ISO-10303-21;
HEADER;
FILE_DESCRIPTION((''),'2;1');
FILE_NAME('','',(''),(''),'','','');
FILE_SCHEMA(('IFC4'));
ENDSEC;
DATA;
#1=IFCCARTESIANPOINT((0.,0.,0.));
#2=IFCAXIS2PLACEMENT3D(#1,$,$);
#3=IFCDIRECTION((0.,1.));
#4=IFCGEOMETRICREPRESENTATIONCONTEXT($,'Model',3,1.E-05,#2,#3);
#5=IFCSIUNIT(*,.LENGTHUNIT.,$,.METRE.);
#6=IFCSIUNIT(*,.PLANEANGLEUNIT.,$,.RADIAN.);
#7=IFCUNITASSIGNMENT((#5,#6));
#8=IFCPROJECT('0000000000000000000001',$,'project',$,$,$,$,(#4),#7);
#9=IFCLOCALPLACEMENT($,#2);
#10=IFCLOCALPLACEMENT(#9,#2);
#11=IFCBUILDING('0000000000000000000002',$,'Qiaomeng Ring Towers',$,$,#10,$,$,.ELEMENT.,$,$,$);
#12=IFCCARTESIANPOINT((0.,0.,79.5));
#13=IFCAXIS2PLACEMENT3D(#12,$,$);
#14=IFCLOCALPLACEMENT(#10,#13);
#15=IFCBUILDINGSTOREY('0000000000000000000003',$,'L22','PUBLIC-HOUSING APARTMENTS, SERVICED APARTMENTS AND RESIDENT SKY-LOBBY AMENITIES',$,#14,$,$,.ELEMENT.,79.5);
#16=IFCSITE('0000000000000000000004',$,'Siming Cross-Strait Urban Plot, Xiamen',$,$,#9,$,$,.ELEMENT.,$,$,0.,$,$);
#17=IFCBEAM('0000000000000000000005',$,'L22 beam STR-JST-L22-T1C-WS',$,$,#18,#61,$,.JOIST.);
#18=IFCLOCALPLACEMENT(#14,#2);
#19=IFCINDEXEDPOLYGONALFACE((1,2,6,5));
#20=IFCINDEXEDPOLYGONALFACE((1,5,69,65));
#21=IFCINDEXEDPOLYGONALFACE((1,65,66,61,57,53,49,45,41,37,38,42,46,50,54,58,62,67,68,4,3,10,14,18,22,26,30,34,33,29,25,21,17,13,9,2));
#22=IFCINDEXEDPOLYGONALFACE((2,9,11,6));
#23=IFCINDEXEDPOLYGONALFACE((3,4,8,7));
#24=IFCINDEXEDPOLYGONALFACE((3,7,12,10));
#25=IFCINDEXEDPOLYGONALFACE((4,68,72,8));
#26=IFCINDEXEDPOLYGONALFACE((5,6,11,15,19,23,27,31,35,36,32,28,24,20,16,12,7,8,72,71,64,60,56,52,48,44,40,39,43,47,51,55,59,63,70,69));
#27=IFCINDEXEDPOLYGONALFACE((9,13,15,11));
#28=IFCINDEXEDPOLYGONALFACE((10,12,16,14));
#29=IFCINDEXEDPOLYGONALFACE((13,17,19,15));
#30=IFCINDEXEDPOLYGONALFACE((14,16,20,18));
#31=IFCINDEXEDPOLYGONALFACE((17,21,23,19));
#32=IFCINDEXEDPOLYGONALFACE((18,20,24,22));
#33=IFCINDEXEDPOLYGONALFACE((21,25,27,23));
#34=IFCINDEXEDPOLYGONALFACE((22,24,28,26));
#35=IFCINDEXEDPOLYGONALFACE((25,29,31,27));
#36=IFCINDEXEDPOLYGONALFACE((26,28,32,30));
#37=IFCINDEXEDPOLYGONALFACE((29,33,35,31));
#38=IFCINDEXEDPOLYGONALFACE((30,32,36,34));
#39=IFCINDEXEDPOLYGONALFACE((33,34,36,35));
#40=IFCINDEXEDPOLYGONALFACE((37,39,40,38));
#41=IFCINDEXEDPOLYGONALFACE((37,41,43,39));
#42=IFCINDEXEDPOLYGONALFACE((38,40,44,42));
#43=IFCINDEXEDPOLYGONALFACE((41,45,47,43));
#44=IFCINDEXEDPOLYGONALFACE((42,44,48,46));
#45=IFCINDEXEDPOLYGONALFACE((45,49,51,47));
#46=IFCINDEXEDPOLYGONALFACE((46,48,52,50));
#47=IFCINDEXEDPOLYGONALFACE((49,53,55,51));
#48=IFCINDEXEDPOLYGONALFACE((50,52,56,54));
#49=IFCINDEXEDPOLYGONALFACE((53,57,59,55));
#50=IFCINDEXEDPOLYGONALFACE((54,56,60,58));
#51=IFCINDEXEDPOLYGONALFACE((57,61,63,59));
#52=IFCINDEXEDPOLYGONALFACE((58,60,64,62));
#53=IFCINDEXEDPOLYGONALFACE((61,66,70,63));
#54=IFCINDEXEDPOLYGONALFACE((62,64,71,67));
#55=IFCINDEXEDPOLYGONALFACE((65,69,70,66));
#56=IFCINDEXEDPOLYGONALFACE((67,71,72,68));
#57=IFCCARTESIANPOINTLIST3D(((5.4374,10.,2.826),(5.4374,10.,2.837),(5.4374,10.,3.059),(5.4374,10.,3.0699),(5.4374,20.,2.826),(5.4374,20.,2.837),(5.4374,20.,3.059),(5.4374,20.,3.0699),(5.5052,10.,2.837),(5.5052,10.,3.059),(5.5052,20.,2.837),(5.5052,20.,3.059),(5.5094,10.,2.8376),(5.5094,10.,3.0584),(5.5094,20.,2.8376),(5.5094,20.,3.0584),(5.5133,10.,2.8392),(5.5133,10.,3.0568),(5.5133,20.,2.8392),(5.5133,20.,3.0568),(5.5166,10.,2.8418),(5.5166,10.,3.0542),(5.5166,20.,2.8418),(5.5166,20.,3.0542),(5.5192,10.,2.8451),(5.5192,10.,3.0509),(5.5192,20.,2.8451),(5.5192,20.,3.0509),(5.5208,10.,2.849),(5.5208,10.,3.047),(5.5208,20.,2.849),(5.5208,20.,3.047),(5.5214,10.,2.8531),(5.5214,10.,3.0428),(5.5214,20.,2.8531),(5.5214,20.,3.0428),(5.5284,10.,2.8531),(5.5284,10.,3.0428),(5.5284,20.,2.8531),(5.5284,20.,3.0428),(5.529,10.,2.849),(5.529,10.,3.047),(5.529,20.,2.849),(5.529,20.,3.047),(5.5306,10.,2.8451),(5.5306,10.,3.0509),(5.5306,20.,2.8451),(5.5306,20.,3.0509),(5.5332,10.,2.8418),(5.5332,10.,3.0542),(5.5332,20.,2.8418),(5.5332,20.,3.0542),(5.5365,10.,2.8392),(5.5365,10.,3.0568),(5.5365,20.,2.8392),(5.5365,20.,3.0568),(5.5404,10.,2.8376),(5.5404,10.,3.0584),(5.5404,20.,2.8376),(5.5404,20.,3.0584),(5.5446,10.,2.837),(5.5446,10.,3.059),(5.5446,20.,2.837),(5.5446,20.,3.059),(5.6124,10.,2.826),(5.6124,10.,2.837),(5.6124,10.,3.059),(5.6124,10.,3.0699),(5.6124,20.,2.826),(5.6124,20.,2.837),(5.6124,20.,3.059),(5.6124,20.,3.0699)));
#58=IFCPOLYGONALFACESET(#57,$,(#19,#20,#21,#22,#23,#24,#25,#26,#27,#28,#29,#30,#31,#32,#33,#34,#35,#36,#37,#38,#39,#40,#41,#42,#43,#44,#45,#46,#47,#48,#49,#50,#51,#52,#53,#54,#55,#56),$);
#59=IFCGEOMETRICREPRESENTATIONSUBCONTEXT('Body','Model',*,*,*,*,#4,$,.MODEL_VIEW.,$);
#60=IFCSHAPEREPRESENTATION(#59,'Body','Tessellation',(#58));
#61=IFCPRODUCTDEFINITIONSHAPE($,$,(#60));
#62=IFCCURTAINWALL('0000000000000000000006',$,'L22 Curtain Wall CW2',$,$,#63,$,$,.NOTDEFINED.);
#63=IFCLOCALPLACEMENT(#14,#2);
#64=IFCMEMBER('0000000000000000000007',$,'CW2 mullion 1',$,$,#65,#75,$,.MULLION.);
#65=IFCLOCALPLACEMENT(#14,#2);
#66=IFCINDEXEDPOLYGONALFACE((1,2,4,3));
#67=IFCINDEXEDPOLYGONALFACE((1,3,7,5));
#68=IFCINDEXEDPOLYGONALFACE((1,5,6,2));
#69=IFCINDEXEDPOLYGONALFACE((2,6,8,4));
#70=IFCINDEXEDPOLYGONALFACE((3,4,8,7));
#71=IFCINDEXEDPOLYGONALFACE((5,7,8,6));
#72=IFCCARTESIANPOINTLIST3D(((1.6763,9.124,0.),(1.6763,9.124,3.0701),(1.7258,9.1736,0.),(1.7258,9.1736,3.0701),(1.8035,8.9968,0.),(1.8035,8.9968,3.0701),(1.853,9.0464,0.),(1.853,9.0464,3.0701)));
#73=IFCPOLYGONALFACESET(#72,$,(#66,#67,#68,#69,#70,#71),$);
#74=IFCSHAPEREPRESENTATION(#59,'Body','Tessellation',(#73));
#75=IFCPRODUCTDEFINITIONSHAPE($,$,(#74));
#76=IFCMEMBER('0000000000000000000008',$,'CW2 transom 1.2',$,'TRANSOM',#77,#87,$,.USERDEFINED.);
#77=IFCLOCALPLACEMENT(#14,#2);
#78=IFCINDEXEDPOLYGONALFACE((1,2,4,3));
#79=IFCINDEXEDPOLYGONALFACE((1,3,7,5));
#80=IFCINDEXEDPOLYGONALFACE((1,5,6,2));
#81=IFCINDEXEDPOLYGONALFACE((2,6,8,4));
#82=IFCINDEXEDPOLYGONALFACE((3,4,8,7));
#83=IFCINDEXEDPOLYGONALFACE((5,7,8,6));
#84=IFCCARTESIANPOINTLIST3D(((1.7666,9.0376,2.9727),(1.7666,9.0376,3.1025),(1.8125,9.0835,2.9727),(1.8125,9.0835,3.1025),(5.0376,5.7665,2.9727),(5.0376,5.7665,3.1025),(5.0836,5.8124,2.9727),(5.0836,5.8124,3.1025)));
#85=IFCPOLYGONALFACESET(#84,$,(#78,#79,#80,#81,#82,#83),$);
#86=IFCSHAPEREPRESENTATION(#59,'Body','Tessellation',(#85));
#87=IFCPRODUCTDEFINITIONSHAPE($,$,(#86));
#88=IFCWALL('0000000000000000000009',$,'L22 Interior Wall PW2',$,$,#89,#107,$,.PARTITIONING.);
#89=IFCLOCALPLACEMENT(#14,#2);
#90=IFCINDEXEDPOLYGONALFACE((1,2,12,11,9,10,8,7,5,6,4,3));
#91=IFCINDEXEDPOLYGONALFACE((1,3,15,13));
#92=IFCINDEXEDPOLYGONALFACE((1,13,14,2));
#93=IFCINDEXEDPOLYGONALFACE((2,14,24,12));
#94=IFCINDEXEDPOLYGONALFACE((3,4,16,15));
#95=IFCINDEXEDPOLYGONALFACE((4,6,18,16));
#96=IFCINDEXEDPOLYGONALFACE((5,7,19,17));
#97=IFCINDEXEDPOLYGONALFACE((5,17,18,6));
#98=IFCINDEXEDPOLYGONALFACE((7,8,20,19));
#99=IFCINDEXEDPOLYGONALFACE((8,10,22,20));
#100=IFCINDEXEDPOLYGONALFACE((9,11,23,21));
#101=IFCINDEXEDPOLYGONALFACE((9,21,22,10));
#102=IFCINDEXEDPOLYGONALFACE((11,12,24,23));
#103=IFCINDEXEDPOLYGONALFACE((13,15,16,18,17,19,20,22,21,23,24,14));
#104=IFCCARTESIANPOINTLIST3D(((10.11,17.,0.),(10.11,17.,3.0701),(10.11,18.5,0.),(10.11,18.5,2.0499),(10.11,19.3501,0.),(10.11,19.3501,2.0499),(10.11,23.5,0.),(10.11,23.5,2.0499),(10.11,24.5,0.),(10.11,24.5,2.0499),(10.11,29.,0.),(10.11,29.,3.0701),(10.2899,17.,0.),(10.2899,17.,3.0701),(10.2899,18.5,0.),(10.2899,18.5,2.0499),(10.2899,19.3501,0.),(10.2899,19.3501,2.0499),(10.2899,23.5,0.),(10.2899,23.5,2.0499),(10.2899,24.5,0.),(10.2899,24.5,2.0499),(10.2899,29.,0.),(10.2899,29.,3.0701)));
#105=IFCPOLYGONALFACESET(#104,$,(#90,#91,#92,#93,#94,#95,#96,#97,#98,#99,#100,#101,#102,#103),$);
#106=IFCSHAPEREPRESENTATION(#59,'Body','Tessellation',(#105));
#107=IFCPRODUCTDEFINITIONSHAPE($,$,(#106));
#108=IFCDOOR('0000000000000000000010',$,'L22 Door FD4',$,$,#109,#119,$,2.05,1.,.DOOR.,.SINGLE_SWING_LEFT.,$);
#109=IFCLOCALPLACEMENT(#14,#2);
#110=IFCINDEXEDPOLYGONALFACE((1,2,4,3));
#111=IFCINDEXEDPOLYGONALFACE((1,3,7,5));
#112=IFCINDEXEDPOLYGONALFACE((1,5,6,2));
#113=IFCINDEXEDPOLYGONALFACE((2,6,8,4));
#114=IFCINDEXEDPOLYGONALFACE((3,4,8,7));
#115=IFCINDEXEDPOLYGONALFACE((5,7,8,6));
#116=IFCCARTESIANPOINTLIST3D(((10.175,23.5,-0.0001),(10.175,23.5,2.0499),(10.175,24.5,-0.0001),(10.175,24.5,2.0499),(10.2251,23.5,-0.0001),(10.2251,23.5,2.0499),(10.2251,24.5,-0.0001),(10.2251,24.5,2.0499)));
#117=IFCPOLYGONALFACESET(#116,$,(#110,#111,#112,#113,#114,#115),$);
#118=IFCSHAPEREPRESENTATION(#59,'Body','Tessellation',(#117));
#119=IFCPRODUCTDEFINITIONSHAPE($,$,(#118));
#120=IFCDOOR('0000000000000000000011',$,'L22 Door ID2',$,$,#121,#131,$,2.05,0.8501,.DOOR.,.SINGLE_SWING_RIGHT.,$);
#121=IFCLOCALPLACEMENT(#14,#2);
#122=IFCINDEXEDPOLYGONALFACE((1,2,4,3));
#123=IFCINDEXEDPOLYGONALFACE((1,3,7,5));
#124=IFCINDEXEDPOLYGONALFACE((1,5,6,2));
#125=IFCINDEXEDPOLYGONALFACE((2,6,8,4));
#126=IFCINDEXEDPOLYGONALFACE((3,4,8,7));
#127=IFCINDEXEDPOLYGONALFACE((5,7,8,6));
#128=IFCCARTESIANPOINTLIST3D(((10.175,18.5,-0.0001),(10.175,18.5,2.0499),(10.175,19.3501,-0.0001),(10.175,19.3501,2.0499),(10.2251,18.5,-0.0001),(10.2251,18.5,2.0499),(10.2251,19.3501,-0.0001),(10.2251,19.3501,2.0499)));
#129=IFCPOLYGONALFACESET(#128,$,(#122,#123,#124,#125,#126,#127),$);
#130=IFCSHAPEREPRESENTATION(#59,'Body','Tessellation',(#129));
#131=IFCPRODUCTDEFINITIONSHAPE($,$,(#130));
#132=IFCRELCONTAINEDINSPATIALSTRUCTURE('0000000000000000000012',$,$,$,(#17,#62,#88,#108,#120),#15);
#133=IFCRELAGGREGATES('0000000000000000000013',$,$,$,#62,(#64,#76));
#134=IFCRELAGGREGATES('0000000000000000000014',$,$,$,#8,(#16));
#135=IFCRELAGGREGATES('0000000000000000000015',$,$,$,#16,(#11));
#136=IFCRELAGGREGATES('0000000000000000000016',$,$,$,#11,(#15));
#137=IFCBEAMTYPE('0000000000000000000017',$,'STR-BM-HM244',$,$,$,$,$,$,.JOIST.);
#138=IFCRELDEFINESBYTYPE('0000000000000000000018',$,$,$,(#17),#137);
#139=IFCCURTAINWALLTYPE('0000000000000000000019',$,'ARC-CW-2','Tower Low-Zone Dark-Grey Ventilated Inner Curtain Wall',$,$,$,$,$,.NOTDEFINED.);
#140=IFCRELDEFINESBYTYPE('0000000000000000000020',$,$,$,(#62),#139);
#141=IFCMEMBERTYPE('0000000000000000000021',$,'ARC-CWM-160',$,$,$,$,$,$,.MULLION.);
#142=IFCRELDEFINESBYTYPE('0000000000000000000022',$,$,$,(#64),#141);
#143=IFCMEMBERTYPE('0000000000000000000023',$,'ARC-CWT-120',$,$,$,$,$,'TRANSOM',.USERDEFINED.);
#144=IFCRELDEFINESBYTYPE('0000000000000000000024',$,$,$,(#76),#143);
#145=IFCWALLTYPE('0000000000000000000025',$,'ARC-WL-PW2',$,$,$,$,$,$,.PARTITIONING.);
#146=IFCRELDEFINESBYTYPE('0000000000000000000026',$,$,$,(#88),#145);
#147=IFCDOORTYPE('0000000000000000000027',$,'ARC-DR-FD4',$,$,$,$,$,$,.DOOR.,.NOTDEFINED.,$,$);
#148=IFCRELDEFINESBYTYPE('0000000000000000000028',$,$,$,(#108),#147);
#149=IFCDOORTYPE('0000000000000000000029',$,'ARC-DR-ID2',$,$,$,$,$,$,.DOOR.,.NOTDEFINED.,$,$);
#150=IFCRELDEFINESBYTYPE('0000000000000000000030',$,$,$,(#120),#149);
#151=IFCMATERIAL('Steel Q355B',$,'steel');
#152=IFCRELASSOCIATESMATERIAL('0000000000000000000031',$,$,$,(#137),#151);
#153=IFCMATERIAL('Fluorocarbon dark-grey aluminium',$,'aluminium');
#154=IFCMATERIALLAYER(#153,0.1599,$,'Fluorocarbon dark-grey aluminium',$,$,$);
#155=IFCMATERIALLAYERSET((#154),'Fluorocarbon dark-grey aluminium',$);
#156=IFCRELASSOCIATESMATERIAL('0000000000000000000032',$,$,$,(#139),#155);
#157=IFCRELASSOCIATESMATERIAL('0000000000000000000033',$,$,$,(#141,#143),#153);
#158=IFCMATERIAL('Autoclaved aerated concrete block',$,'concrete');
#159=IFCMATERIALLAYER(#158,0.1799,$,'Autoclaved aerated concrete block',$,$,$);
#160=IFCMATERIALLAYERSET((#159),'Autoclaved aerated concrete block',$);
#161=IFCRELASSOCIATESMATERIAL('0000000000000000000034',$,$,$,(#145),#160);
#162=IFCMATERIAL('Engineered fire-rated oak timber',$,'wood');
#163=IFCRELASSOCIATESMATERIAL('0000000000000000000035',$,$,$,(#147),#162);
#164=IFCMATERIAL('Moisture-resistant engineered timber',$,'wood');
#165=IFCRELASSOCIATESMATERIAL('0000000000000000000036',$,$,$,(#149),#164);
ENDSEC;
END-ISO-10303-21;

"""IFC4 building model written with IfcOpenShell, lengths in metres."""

from ifc_helpers import new_model, si_unit, direction, frame, frame_2d, origin, origin_2d, place, context, subcontext, project, spatial, rectangle, i_section, extrude, source, transform, mapped, material, layer, layer_set, material_profile, profile_set, type_object, element, fill, aggregate, save


model = new_model("IFC4")

# Units and contexts
model_context = context("Model", 3, precision=1e-05, world=origin(), true_north=direction((0.0, 1.0)))
body_context = subcontext(model_context, "Body", "Model", "MODEL_VIEW")
ifc_project = project(units=[si_unit("LENGTHUNIT", "METRE"), si_unit("PLANEANGLEUNIT", "RADIAN")], contexts=[model_context])

# Site, building, storey
site_placement = place(None, origin())
site = spatial("IfcSite", under=ifc_project, at=site_placement, Name="Siming Cross-Strait Urban Plot, Xiamen", CompositionType="ELEMENT", RefElevation=0.0)
building_placement = place(site_placement, origin())
building = spatial("IfcBuilding", under=site, at=building_placement, Name="Qiaomeng Ring Towers", CompositionType="ELEMENT")
storey_placement = place(building_placement, frame((0.0, 0.0, 79.5)))
storey = spatial("IfcBuildingStorey", under=building, at=storey_placement, Name="L22", Description="PUBLIC-HOUSING APARTMENTS, SERVICED APARTMENTS AND RESIDENT SKY-LOBBY AMENITIES", CompositionType="ELEMENT", Elevation=79.5)

# Beam
ifc_material_1 = material(Name="Steel Q355B", Category="steel")
ifc_material_profile_1 = material_profile(ifc_material_1, i_section(OverallWidth=0.175, OverallDepth=0.2439, WebThickness=0.0071, FlangeThickness=0.011, FilletRadius=0.0161, at=origin_2d()), Name="HM 244x175x7x11")
ifc_profile_set_1 = profile_set([ifc_material_profile_1], Name="Steel Q355B")
beam_type = type_object("IfcBeamType", Name="STR-BM-HM244", PredefinedType="JOIST", material=ifc_profile_set_1)
shared_shape_1 = source(origin(), body_context, "Body", "SweptSolid", [
    extrude(i_section(OverallWidth=0.175, OverallDepth=0.2439, WebThickness=0.0071, FlangeThickness=0.011, FilletRadius=0.0161, at=origin_2d()), origin(), (0.0, 0.0, 1.0), 10.0),
])
beam_placement = place(storey_placement, frame((5.5249, 10.0, 2.948), z_axis=(0.0, 1.0, 0.0), x_axis=(-1.0, 0.0, 0.0)))
element("IfcBeam", 1, at=beam_placement, inside=storey, type_object=beam_type, Name="L22 beam STR-JST-L22-T1C-WS", PredefinedType="JOIST", context=body_context, shape_type="MappedRepresentation", body=[
    mapped(shared_shape_1, transform((0.0, 0.0, 0.0), x_axis=(1.0, 0.0, 0.0), y_axis=(0.0, 1.0, 0.0), z_axis=(0.0, 0.0, 1.0), scale=1.0)),
])

# Curtain wall, members
ifc_material_2 = material(Name="Fluorocarbon dark-grey aluminium", Category="aluminium")
ifc_layer_1 = layer(ifc_material_2, 0.1599, Name="Fluorocarbon dark-grey aluminium")
ifc_layer_set_1 = layer_set([ifc_layer_1], Name="Fluorocarbon dark-grey aluminium")
curtain_wall_type = type_object("IfcCurtainWallType", Name="ARC-CW-2", Description="Tower Low-Zone Dark-Grey Ventilated Inner Curtain Wall", PredefinedType="NOTDEFINED", material=ifc_layer_set_1)
curtain_wall_placement = place(storey_placement, origin())
curtain_wall = element("IfcCurtainWall", 2, at=curtain_wall_placement, inside=storey, type_object=curtain_wall_type, Name="L22 Curtain Wall CW2", PredefinedType="NOTDEFINED")
ifc_material_profile_2 = material_profile(ifc_material_2, rectangle(XDim=0.0701, YDim=0.1799, at=origin_2d()), Name="ALU MULL 70x180")
ifc_profile_set_2 = profile_set([ifc_material_profile_2], Name="Fluorocarbon dark-grey aluminium")
member_type_1 = type_object("IfcMemberType", Name="ARC-CWM-160", PredefinedType="MULLION", material=ifc_profile_set_2)
shared_shape_2 = source(origin(), body_context, "Body", "SweptSolid", [
    extrude(rectangle(XDim=0.0701, YDim=0.1799, at=origin_2d()), origin(), (0.0, 0.0, 1.0), 3.0701),
])
member_1_placement = place(storey_placement, frame((1.7646, 9.0852, 0.0), z_axis=(0.0, 0.0, 1.0), x_axis=(0.707107, 0.707107, 0.0)))
member_1 = element("IfcMember", 3, at=member_1_placement, type_object=member_type_1, Name="CW2 mullion 1", PredefinedType="MULLION", context=body_context, shape_type="MappedRepresentation", body=[
    mapped(shared_shape_2, transform((0.0, 0.0, 0.0), x_axis=(1.0, 0.0, 0.0), y_axis=(0.0, 1.0, 0.0), z_axis=(0.0, 0.0, 1.0), scale=1.0)),
])
ifc_material_profile_3 = material_profile(ifc_material_2, rectangle(XDim=0.0649, YDim=0.1299, at=origin_2d()), Name="ALU TRAN 65x130")
ifc_profile_set_3 = profile_set([ifc_material_profile_3], Name="Fluorocarbon dark-grey aluminium")
member_type_2 = type_object("IfcMemberType", Name="ARC-CWT-120", ElementType="TRANSOM", PredefinedType="USERDEFINED", material=ifc_profile_set_3)
shared_shape_3 = source(origin(), body_context, "Body", "SweptSolid", [
    extrude(rectangle(XDim=0.0649, YDim=0.1299, at=origin_2d()), origin(), (0.0, 0.0, 1.0), 4.626),
])
member_2_placement = place(storey_placement, frame((1.7896, 9.0605, 3.0376), z_axis=(0.707107, -0.707107, 0.0), x_axis=(0.707107, 0.707107, 0.0)))
member_2 = element("IfcMember", 4, at=member_2_placement, type_object=member_type_2, Name="CW2 transom 1.2", ObjectType="TRANSOM", PredefinedType="USERDEFINED", context=body_context, shape_type="MappedRepresentation", body=[
    mapped(shared_shape_3, transform((0.0, 0.0, 0.0), x_axis=(1.0, 0.0, 0.0), y_axis=(0.0, 1.0, 0.0), z_axis=(0.0, 0.0, 1.0), scale=1.0)),
])
aggregate(curtain_wall, [member_1, member_2])

# Wall, openings, doors
ifc_material_3 = material(Name="Autoclaved aerated concrete block", Category="concrete")
ifc_layer_2 = layer(ifc_material_3, 0.1799, Name="Autoclaved aerated concrete block")
ifc_layer_set_2 = layer_set([ifc_layer_2], Name="Autoclaved aerated concrete block")
wall_type_1 = type_object("IfcWallType", Name="ARC-WL-PW2", PredefinedType="PARTITIONING", material=ifc_layer_set_2)
wall_1_placement = place(storey_placement, frame((10.2, 17.0, 0.0), z_axis=(0.0, 0.0, 1.0), x_axis=(0.0, 1.0, 0.0)))
wall_1 = element("IfcWall", 5, at=wall_1_placement, inside=storey, type_object=wall_type_1, Name="L22 Interior Wall PW2", PredefinedType="PARTITIONING", context=body_context, shape_type="SweptSolid", body=[
    extrude(rectangle(XDim=12.0, YDim=0.1799, at=frame_2d((6.0, 0.0))), origin(), (0.0, 0.0, 1.0), 3.0701),
])
opening_1_placement = place(wall_1_placement, frame((1.5, 0.0, 0.0)))
opening_1 = element("IfcOpeningElement", 6, at=opening_1_placement, cuts=wall_1, PredefinedType="OPENING", context=body_context, shape_type="SweptSolid", body=[
    extrude(rectangle(XDim=0.8501, YDim=2.05, at=frame_2d((0.425, 1.0249))), frame((0.0, 0.0999, 0.0), z_axis=(0.0, -1.0, 0.0), x_axis=(1.0, 0.0, 0.0)), (0.0, 0.0, 1.0), 0.2),
])
opening_2_placement = place(wall_1_placement, frame((6.5, 0.0, 0.0)))
opening_2 = element("IfcOpeningElement", 7, at=opening_2_placement, cuts=wall_1, PredefinedType="OPENING", context=body_context, shape_type="SweptSolid", body=[
    extrude(rectangle(XDim=1.0, YDim=2.05, at=frame_2d((0.5, 1.0249))), frame((0.0, 0.0999, 0.0), z_axis=(0.0, -1.0, 0.0), x_axis=(1.0, 0.0, 0.0)), (0.0, 0.0, 1.0), 0.2),
])
ifc_material_4 = material(Name="Engineered fire-rated oak timber", Category="wood")
door_type_1 = type_object("IfcDoorType", Name="ARC-DR-FD4", OperationType="NOTDEFINED", PredefinedType="DOOR", material=ifc_material_4)
shared_shape_4 = source(origin(), body_context, "Body", "SweptSolid", [
    extrude(rectangle(XDim=1.0, YDim=2.05, at=frame_2d((0.5, 1.0249))), frame((0.0, 0.0249, 0.0), z_axis=(0.0, -1.0, 0.0), x_axis=(1.0, 0.0, 0.0)), (0.0, 0.0, 1.0), 0.05),
])
door_1_placement = place(opening_2_placement, origin())
door_1 = element("IfcDoor", 8, at=door_1_placement, inside=storey, type_object=door_type_1, Name="L22 Door FD4", OperationType="SINGLE_SWING_LEFT", OverallHeight=2.05, OverallWidth=1.0, PredefinedType="DOOR", context=body_context, shape_type="MappedRepresentation", body=[
    mapped(shared_shape_4, transform((0.0, 0.0, 0.0), x_axis=(1.0, 0.0, 0.0), y_axis=(0.0, 1.0, 0.0), z_axis=(0.0, 0.0, 1.0), scale=1.0)),
])
fill(opening_2, door_1)
ifc_material_5 = material(Name="Moisture-resistant engineered timber", Category="wood")
door_type_2 = type_object("IfcDoorType", Name="ARC-DR-ID2", OperationType="NOTDEFINED", PredefinedType="DOOR", material=ifc_material_5)
shared_shape_5 = source(origin(), body_context, "Body", "SweptSolid", [
    extrude(rectangle(XDim=0.8501, YDim=2.05, at=frame_2d((0.425, 1.0249))), frame((0.0, 0.0249, 0.0), z_axis=(0.0, -1.0, 0.0), x_axis=(1.0, 0.0, 0.0)), (0.0, 0.0, 1.0), 0.05),
])
door_2_placement = place(opening_1_placement, origin())
door_2 = element("IfcDoor", 9, at=door_2_placement, inside=storey, type_object=door_type_2, Name="L22 Door ID2", OperationType="SINGLE_SWING_RIGHT", OverallHeight=2.05, OverallWidth=0.8501, PredefinedType="DOOR", context=body_context, shape_type="MappedRepresentation", body=[
    mapped(shared_shape_5, transform((0.0, 0.0, 0.0), x_axis=(1.0, 0.0, 0.0), y_axis=(0.0, 1.0, 0.0), z_axis=(0.0, 0.0, 1.0), scale=1.0)),
])
fill(opening_1, door_2)

save(model, "model.ifc")
